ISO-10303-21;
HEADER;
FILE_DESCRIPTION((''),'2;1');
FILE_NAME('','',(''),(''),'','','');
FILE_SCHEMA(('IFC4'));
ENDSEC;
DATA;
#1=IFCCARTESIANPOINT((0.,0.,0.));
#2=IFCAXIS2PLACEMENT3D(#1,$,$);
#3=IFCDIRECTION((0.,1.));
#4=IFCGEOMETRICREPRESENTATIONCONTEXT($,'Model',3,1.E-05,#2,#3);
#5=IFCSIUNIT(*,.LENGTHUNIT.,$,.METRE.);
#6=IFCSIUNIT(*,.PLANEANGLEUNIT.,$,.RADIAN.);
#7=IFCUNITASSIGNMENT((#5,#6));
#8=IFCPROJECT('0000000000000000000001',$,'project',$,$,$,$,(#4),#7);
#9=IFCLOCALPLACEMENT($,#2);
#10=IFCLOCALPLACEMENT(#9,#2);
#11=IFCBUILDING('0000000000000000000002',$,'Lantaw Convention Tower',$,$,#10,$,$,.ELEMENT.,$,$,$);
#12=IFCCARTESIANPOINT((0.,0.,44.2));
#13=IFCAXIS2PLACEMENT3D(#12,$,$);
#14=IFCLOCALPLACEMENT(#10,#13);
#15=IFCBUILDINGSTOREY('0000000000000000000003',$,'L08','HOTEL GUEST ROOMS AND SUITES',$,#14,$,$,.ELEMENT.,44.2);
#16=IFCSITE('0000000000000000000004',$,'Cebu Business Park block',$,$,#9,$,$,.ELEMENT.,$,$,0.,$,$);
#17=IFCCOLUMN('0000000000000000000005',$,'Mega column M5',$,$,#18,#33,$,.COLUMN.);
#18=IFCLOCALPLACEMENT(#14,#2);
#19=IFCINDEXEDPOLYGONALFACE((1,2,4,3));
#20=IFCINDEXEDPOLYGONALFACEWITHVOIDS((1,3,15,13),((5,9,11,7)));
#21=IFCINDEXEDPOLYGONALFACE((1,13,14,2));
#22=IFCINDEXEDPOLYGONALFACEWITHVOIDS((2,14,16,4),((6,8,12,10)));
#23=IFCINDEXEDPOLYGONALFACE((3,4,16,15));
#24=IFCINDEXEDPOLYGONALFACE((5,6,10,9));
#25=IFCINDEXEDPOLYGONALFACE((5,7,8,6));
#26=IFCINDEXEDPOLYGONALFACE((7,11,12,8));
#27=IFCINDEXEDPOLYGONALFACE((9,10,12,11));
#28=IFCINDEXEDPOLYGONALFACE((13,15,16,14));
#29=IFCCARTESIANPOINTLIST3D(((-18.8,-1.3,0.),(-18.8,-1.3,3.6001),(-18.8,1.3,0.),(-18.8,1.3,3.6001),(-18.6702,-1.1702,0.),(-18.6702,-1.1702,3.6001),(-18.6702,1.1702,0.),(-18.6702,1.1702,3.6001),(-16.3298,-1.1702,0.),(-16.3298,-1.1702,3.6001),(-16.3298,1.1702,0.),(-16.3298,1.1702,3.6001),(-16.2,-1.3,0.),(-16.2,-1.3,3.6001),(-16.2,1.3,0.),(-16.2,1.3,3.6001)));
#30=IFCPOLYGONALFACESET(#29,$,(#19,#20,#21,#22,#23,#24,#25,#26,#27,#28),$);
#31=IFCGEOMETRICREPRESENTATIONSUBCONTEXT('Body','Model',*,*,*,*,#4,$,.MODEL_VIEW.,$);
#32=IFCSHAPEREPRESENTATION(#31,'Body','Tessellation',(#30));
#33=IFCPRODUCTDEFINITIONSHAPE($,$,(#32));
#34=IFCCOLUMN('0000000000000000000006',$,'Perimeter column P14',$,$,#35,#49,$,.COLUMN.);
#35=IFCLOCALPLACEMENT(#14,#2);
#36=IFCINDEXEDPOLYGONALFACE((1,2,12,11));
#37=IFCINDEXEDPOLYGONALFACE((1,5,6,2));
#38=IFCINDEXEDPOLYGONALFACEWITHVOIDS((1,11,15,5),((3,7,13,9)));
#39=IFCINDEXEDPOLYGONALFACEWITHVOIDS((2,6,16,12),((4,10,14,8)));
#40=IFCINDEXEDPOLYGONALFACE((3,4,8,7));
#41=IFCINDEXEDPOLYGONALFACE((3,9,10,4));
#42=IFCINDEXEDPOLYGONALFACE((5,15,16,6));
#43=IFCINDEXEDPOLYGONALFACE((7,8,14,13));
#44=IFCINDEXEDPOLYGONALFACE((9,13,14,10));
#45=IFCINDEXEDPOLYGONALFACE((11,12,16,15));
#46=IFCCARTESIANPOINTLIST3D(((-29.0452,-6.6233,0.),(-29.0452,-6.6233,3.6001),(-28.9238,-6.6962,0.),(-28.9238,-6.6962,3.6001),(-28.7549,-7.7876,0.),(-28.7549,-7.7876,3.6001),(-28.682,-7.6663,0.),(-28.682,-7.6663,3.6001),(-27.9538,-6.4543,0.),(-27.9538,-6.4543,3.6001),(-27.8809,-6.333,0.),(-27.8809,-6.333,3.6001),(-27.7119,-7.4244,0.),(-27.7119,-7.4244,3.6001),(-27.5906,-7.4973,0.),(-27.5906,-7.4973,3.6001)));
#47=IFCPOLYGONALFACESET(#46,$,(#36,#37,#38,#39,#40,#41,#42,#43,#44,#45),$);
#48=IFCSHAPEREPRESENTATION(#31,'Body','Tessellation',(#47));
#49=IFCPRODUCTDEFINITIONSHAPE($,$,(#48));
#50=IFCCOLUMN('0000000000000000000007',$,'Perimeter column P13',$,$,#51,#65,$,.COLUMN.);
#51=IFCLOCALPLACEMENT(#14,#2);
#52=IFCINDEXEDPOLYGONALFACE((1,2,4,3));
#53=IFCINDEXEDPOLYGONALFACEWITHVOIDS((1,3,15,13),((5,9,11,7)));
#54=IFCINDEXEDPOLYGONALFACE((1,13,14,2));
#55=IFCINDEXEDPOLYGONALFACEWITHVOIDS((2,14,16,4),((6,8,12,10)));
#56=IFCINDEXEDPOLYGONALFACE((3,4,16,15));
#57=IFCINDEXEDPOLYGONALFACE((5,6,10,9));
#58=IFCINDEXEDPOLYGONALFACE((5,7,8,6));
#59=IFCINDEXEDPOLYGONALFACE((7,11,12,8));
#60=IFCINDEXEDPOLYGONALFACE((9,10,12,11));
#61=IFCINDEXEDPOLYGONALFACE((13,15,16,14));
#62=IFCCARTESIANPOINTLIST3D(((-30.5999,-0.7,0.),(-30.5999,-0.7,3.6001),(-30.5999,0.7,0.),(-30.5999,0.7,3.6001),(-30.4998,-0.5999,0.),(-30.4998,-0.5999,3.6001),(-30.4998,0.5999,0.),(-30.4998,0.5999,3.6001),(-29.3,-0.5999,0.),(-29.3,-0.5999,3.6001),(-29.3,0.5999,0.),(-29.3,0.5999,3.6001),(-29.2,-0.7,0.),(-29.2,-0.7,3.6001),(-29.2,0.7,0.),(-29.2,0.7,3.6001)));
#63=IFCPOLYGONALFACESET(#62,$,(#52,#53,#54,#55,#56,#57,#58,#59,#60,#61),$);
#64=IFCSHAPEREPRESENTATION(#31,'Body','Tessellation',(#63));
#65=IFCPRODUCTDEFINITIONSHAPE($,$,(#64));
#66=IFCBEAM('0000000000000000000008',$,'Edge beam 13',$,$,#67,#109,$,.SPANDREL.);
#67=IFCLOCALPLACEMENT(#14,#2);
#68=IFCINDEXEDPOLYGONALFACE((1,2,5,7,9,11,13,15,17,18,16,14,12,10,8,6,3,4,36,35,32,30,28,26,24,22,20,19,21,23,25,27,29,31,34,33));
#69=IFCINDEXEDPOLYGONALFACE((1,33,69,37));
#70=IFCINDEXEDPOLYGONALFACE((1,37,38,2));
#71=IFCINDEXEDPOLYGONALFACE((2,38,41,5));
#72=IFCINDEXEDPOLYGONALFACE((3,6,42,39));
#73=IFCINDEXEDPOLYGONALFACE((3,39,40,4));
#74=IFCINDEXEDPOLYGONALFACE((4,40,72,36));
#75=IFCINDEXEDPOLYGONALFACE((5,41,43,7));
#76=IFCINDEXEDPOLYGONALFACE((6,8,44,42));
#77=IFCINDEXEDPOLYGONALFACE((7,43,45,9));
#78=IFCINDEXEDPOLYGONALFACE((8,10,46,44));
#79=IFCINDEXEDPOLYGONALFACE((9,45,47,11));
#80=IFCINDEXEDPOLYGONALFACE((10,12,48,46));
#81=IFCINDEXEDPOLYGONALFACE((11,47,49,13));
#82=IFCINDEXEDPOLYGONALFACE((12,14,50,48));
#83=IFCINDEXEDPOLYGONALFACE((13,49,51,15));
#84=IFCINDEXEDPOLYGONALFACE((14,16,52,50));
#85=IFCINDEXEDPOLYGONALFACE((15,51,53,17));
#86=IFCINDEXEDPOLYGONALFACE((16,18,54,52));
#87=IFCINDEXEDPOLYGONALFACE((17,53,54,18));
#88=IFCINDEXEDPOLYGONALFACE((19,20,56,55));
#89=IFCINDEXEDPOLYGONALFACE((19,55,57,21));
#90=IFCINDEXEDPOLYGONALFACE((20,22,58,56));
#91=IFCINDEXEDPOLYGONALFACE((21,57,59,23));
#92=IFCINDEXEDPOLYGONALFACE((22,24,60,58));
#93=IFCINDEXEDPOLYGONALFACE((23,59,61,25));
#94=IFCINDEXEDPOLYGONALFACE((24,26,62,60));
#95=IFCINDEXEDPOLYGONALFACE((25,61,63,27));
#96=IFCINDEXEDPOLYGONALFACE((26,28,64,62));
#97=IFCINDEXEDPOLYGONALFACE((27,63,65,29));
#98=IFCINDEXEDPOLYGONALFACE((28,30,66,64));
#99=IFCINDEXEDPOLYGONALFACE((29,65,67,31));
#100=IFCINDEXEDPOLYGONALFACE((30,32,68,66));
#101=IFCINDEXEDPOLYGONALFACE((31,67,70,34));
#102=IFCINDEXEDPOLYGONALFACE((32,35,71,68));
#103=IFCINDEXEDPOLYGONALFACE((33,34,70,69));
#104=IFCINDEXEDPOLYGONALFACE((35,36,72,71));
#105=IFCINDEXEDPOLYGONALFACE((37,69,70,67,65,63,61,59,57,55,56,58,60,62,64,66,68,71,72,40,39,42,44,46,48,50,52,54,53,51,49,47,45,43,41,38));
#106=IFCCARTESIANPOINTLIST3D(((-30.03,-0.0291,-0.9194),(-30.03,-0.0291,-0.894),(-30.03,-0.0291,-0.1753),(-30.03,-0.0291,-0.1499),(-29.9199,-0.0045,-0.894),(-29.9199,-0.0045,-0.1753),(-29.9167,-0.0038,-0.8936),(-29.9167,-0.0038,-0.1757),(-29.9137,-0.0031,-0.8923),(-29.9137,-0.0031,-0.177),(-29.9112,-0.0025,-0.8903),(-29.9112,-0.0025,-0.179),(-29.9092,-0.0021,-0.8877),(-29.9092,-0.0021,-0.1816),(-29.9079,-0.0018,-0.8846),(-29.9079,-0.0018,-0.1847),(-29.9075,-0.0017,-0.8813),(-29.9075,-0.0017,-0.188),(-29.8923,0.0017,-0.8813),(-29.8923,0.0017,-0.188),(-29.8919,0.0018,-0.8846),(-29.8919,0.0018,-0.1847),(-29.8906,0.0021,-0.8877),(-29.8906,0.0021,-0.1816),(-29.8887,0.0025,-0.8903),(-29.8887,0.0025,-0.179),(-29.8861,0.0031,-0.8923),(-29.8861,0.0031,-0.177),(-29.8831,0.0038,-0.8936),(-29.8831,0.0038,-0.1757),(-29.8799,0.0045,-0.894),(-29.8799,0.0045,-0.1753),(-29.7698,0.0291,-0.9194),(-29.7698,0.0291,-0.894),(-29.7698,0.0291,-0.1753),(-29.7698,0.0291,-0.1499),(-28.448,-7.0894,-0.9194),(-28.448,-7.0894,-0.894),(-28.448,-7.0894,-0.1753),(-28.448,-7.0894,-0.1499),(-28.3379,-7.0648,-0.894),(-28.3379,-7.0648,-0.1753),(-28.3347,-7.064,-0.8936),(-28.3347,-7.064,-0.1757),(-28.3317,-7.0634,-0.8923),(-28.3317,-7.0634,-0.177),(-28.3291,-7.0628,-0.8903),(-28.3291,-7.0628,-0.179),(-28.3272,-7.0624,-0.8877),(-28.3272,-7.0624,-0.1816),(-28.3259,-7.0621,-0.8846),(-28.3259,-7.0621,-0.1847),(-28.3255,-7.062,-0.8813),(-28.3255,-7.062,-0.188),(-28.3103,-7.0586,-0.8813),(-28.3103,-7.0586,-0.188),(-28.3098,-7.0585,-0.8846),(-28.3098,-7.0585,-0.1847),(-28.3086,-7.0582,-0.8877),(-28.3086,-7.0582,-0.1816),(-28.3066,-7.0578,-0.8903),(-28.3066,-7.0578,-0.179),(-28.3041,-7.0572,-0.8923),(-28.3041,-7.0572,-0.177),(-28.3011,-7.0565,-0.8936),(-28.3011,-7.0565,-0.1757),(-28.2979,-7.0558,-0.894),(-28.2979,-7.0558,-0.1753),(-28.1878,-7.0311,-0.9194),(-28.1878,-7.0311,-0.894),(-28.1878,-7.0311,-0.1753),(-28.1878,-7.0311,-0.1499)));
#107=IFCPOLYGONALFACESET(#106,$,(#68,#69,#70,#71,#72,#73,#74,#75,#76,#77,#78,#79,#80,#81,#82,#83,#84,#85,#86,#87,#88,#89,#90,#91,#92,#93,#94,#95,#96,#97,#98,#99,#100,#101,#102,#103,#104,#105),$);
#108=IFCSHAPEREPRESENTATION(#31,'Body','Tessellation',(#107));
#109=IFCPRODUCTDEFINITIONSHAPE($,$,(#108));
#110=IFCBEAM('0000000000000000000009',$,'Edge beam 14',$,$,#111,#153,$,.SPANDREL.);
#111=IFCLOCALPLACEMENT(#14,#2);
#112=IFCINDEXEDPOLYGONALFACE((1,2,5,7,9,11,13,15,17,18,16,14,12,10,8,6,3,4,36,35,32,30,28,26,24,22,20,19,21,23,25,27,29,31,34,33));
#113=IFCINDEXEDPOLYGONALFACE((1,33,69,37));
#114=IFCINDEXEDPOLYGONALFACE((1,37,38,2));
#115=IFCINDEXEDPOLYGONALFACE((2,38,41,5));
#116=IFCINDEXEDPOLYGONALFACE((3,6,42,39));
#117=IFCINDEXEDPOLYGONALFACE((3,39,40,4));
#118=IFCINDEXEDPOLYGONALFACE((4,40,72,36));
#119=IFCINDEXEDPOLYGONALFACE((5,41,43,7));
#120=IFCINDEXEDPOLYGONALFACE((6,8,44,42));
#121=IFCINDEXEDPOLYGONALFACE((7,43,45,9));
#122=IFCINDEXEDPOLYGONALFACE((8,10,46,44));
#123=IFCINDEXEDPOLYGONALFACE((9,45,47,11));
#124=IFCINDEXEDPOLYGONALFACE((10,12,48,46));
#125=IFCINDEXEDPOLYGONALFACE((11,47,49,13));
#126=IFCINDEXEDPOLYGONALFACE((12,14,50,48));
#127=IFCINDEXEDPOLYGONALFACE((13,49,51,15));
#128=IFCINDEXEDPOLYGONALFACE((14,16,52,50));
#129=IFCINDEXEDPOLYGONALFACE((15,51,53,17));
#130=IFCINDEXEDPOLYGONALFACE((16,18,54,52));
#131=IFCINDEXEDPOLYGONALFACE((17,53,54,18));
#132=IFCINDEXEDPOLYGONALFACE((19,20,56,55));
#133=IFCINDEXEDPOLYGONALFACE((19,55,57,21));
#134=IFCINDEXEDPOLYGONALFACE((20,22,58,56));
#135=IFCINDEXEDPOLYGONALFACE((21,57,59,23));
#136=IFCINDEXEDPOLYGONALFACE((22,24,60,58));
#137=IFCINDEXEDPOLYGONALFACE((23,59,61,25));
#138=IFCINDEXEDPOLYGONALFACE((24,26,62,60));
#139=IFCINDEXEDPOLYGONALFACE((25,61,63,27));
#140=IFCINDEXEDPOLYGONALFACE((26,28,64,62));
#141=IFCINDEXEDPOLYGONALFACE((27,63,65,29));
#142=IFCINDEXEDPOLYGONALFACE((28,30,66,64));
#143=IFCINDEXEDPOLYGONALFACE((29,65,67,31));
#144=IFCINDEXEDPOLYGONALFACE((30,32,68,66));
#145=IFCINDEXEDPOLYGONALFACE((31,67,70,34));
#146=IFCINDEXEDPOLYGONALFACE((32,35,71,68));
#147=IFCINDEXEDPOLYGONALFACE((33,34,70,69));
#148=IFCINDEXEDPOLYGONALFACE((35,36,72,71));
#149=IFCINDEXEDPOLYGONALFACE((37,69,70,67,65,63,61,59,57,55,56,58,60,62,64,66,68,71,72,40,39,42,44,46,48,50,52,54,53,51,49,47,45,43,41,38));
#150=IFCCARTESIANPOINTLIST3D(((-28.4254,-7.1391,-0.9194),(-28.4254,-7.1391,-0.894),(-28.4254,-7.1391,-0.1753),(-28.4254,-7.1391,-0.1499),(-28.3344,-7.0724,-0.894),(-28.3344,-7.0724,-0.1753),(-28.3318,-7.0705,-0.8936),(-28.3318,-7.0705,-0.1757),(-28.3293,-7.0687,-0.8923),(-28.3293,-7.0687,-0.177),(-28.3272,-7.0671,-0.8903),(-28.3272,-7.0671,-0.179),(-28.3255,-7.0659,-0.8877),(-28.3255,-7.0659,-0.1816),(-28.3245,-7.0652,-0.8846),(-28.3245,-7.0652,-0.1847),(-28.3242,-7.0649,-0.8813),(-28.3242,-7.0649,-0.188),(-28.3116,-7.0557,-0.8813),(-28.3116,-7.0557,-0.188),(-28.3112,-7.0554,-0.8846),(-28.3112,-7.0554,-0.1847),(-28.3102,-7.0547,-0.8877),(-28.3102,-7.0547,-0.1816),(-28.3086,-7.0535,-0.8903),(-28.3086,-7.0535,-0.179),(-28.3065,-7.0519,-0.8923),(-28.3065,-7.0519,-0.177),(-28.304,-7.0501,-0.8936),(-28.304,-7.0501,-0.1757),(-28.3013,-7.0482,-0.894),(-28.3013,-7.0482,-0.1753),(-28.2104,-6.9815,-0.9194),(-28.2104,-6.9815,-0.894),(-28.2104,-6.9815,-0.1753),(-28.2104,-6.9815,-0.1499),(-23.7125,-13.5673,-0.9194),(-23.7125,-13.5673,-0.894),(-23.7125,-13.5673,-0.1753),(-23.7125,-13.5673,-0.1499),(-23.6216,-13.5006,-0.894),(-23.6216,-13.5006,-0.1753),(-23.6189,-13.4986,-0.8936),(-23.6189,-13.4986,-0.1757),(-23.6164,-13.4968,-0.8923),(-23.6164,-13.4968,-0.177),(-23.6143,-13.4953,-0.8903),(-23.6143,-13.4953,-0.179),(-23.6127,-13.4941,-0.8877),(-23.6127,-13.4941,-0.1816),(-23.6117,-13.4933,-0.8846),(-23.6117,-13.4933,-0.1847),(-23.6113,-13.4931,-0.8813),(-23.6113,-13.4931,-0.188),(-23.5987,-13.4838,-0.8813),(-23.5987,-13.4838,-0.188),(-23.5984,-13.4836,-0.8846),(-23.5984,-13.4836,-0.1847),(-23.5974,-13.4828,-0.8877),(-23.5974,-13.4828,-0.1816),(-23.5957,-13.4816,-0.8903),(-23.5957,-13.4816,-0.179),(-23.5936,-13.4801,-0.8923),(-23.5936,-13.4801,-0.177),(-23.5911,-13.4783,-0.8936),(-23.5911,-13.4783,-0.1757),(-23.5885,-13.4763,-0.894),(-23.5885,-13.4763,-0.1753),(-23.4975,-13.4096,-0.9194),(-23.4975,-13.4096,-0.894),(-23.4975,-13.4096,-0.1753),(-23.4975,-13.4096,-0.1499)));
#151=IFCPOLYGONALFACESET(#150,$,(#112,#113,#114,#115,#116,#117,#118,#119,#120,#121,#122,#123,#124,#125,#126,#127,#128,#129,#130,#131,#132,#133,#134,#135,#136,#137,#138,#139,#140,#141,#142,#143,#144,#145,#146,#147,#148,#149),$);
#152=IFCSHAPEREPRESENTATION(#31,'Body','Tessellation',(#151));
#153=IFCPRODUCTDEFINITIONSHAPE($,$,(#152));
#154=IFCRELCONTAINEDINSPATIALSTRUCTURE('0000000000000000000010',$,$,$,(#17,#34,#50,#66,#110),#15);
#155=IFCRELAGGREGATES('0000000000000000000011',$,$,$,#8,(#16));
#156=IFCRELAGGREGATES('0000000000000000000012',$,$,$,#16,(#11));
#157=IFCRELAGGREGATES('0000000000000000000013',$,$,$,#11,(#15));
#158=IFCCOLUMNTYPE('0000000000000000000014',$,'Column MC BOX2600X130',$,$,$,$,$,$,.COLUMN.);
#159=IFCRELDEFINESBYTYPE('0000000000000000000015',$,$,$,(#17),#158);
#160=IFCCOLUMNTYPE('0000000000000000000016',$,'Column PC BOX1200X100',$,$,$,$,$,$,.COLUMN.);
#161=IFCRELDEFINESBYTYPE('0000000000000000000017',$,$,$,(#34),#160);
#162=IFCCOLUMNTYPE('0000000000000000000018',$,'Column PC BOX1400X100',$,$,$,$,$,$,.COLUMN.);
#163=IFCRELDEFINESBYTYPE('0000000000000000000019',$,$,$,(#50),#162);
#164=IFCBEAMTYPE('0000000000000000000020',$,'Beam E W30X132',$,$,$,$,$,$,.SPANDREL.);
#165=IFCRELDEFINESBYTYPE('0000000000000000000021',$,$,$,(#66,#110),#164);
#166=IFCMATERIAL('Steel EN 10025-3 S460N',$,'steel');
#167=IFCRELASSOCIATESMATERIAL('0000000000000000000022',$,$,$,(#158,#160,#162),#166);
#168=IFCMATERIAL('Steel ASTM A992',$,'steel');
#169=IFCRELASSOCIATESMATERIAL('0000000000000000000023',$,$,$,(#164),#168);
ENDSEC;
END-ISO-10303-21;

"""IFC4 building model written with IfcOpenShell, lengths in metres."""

from ifc_helpers import new_model, si_unit, direction, frame, origin, origin_2d, place, context, subcontext, project, spatial, rectangle, hollow_rectangle, i_section, extrude, material, material_profile, profile_set, type_object, element, save


model = new_model("IFC4")

# Units and contexts
model_context = context("Model", 3, precision=1e-05, world=origin(), true_north=direction((0.0, 1.0)))
body_context = subcontext(model_context, "Body", "Model", "MODEL_VIEW")
ifc_project = project(units=[si_unit("LENGTHUNIT", "METRE"), si_unit("PLANEANGLEUNIT", "RADIAN")], contexts=[model_context])

# Site, building, storey
site_placement = place(None, origin())
site = spatial("IfcSite", under=ifc_project, at=site_placement, Name="Cebu Business Park block", CompositionType="ELEMENT", RefElevation=0.0)
building_placement = place(site_placement, origin())
building = spatial("IfcBuilding", under=site, at=building_placement, Name="Lantaw Convention Tower", CompositionType="ELEMENT")
storey_placement = place(building_placement, frame((0.0, 0.0, 44.2)))
storey = spatial("IfcBuildingStorey", under=building, at=storey_placement, Name="L08", Description="HOTEL GUEST ROOMS AND SUITES", CompositionType="ELEMENT", Elevation=44.2)

# Columns
ifc_material_1 = material(Name="Steel EN 10025-3 S460N", Category="steel")
ifc_material_profile_1 = material_profile(ifc_material_1, hollow_rectangle(XDim=2.6001, YDim=2.6001, WallThickness=0.1299, at=origin_2d()), Name="BOX2600X130")
ifc_material_2 = material(Name="Concrete C60/75", Category="concrete")
ifc_material_profile_2 = material_profile(ifc_material_2, rectangle(XDim=2.3401, YDim=2.3401, at=origin_2d()), Name="Concrete fill of BOX2600X130")
ifc_profile_set_1 = profile_set([ifc_material_profile_1, ifc_material_profile_2], Name="Steel EN 10025-3 S460N")
column_type_1 = type_object("IfcColumnType", Name="Column MC BOX2600X130", PredefinedType="COLUMN", material=ifc_profile_set_1)
column_1_placement = place(storey_placement, frame((-17.5, 0.0, 0.0), z_axis=(0.0, 0.0, 1.0), x_axis=(1.0, 0.0, 0.0)))
element("IfcColumn", 1, at=column_1_placement, inside=storey, type_object=column_type_1, Name="Mega column M5", PredefinedType="COLUMN", context=body_context, shape_type="SweptSolid", body=[
    extrude(hollow_rectangle(XDim=2.6001, YDim=2.6001, WallThickness=0.1299, at=origin_2d()), origin(), (0.0, 0.0, 1.0), 3.6001),
])
ifc_material_profile_3 = material_profile(ifc_material_1, hollow_rectangle(XDim=1.2, YDim=1.2, WallThickness=0.1001, at=origin_2d()), Name="BOX1200X100")
ifc_material_profile_4 = material_profile(ifc_material_2, rectangle(XDim=1.0, YDim=1.0, at=origin_2d()), Name="Concrete fill of BOX1200X100")
ifc_profile_set_2 = profile_set([ifc_material_profile_3, ifc_material_profile_4], Name="Steel EN 10025-3 S460N")
column_type_2 = type_object("IfcColumnType", Name="Column PC BOX1200X100", PredefinedType="COLUMN", material=ifc_profile_set_2)
column_2_placement = place(storey_placement, frame((-28.3179, -7.0603, 0.0), z_axis=(0.0, 0.0, 1.0), x_axis=(0.970296, 0.241922, 0.0)))
element("IfcColumn", 2, at=column_2_placement, inside=storey, type_object=column_type_2, Name="Perimeter column P14", PredefinedType="COLUMN", context=body_context, shape_type="SweptSolid", body=[
    extrude(hollow_rectangle(XDim=1.2, YDim=1.2, WallThickness=0.1001, at=origin_2d()), origin(), (0.0, 0.0, 1.0), 3.6001),
])
ifc_material_profile_5 = material_profile(ifc_material_1, hollow_rectangle(XDim=1.3999, YDim=1.3999, WallThickness=0.1001, at=origin_2d()), Name="BOX1400X100")
ifc_material_profile_6 = material_profile(ifc_material_2, rectangle(XDim=1.2, YDim=1.2, at=origin_2d()), Name="Concrete fill of BOX1400X100")
ifc_profile_set_3 = profile_set([ifc_material_profile_5, ifc_material_profile_6], Name="Steel EN 10025-3 S460N")
column_type_3 = type_object("IfcColumnType", Name="Column PC BOX1400X100", PredefinedType="COLUMN", material=ifc_profile_set_3)
column_3_placement = place(storey_placement, frame((-29.8999, 0.0, 0.0), z_axis=(0.0, 0.0, 1.0), x_axis=(1.0, 0.0, 0.0)))
element("IfcColumn", 3, at=column_3_placement, inside=storey, type_object=column_type_3, Name="Perimeter column P13", PredefinedType="COLUMN", context=body_context, shape_type="SweptSolid", body=[
    extrude(hollow_rectangle(XDim=1.3999, YDim=1.3999, WallThickness=0.1001, at=origin_2d()), origin(), (0.0, 0.0, 1.0), 3.6001),
])

# Beams
ifc_material_3 = material(Name="Steel ASTM A992", Category="steel")
ifc_material_profile_7 = material_profile(ifc_material_3, i_section(OverallWidth=0.2666, OverallDepth=0.7695, WebThickness=0.0156, FlangeThickness=0.0254, FilletRadius=0.0127, at=origin_2d()), Name="W30X132")
ifc_profile_set_4 = profile_set([ifc_material_profile_7], Name="Steel ASTM A992")
beam_type_1 = type_object("IfcBeamType", Name="Beam E W30X132", PredefinedType="SPANDREL", material=ifc_profile_set_4)
beam_1_placement = place(storey_placement, frame((-29.8999, 0.0, -0.5347), z_axis=(0.218652, -0.975803, 0.0), x_axis=(0.975803, 0.218652, 0.0)))
element("IfcBeam", 4, at=beam_1_placement, inside=storey, type_object=beam_type_1, Name="Edge beam 13", PredefinedType="SPANDREL", context=body_context, shape_type="SweptSolid", body=[
    extrude(i_section(OverallWidth=0.2666, OverallDepth=0.7695, WebThickness=0.0156, FlangeThickness=0.0254, FilletRadius=0.0127, at=origin_2d()), origin(), (0.0, 0.0, 1.0), 7.2354),
])
beam_2_placement = place(storey_placement, frame((-28.3179, -7.0603, -0.5347), z_axis=(0.591271, -0.806473, 0.0), x_axis=(0.806473, 0.591271, 0.0)))
element("IfcBeam", 5, at=beam_2_placement, inside=storey, type_object=beam_type_1, Name="Edge beam 14", PredefinedType="SPANDREL", context=body_context, shape_type="SweptSolid", body=[
    extrude(i_section(OverallWidth=0.2666, OverallDepth=0.7695, WebThickness=0.0156, FlangeThickness=0.0254, FilletRadius=0.0127, at=origin_2d()), origin(), (0.0, 0.0, 1.0), 7.9707),
])

save(model, "model.ifc")
